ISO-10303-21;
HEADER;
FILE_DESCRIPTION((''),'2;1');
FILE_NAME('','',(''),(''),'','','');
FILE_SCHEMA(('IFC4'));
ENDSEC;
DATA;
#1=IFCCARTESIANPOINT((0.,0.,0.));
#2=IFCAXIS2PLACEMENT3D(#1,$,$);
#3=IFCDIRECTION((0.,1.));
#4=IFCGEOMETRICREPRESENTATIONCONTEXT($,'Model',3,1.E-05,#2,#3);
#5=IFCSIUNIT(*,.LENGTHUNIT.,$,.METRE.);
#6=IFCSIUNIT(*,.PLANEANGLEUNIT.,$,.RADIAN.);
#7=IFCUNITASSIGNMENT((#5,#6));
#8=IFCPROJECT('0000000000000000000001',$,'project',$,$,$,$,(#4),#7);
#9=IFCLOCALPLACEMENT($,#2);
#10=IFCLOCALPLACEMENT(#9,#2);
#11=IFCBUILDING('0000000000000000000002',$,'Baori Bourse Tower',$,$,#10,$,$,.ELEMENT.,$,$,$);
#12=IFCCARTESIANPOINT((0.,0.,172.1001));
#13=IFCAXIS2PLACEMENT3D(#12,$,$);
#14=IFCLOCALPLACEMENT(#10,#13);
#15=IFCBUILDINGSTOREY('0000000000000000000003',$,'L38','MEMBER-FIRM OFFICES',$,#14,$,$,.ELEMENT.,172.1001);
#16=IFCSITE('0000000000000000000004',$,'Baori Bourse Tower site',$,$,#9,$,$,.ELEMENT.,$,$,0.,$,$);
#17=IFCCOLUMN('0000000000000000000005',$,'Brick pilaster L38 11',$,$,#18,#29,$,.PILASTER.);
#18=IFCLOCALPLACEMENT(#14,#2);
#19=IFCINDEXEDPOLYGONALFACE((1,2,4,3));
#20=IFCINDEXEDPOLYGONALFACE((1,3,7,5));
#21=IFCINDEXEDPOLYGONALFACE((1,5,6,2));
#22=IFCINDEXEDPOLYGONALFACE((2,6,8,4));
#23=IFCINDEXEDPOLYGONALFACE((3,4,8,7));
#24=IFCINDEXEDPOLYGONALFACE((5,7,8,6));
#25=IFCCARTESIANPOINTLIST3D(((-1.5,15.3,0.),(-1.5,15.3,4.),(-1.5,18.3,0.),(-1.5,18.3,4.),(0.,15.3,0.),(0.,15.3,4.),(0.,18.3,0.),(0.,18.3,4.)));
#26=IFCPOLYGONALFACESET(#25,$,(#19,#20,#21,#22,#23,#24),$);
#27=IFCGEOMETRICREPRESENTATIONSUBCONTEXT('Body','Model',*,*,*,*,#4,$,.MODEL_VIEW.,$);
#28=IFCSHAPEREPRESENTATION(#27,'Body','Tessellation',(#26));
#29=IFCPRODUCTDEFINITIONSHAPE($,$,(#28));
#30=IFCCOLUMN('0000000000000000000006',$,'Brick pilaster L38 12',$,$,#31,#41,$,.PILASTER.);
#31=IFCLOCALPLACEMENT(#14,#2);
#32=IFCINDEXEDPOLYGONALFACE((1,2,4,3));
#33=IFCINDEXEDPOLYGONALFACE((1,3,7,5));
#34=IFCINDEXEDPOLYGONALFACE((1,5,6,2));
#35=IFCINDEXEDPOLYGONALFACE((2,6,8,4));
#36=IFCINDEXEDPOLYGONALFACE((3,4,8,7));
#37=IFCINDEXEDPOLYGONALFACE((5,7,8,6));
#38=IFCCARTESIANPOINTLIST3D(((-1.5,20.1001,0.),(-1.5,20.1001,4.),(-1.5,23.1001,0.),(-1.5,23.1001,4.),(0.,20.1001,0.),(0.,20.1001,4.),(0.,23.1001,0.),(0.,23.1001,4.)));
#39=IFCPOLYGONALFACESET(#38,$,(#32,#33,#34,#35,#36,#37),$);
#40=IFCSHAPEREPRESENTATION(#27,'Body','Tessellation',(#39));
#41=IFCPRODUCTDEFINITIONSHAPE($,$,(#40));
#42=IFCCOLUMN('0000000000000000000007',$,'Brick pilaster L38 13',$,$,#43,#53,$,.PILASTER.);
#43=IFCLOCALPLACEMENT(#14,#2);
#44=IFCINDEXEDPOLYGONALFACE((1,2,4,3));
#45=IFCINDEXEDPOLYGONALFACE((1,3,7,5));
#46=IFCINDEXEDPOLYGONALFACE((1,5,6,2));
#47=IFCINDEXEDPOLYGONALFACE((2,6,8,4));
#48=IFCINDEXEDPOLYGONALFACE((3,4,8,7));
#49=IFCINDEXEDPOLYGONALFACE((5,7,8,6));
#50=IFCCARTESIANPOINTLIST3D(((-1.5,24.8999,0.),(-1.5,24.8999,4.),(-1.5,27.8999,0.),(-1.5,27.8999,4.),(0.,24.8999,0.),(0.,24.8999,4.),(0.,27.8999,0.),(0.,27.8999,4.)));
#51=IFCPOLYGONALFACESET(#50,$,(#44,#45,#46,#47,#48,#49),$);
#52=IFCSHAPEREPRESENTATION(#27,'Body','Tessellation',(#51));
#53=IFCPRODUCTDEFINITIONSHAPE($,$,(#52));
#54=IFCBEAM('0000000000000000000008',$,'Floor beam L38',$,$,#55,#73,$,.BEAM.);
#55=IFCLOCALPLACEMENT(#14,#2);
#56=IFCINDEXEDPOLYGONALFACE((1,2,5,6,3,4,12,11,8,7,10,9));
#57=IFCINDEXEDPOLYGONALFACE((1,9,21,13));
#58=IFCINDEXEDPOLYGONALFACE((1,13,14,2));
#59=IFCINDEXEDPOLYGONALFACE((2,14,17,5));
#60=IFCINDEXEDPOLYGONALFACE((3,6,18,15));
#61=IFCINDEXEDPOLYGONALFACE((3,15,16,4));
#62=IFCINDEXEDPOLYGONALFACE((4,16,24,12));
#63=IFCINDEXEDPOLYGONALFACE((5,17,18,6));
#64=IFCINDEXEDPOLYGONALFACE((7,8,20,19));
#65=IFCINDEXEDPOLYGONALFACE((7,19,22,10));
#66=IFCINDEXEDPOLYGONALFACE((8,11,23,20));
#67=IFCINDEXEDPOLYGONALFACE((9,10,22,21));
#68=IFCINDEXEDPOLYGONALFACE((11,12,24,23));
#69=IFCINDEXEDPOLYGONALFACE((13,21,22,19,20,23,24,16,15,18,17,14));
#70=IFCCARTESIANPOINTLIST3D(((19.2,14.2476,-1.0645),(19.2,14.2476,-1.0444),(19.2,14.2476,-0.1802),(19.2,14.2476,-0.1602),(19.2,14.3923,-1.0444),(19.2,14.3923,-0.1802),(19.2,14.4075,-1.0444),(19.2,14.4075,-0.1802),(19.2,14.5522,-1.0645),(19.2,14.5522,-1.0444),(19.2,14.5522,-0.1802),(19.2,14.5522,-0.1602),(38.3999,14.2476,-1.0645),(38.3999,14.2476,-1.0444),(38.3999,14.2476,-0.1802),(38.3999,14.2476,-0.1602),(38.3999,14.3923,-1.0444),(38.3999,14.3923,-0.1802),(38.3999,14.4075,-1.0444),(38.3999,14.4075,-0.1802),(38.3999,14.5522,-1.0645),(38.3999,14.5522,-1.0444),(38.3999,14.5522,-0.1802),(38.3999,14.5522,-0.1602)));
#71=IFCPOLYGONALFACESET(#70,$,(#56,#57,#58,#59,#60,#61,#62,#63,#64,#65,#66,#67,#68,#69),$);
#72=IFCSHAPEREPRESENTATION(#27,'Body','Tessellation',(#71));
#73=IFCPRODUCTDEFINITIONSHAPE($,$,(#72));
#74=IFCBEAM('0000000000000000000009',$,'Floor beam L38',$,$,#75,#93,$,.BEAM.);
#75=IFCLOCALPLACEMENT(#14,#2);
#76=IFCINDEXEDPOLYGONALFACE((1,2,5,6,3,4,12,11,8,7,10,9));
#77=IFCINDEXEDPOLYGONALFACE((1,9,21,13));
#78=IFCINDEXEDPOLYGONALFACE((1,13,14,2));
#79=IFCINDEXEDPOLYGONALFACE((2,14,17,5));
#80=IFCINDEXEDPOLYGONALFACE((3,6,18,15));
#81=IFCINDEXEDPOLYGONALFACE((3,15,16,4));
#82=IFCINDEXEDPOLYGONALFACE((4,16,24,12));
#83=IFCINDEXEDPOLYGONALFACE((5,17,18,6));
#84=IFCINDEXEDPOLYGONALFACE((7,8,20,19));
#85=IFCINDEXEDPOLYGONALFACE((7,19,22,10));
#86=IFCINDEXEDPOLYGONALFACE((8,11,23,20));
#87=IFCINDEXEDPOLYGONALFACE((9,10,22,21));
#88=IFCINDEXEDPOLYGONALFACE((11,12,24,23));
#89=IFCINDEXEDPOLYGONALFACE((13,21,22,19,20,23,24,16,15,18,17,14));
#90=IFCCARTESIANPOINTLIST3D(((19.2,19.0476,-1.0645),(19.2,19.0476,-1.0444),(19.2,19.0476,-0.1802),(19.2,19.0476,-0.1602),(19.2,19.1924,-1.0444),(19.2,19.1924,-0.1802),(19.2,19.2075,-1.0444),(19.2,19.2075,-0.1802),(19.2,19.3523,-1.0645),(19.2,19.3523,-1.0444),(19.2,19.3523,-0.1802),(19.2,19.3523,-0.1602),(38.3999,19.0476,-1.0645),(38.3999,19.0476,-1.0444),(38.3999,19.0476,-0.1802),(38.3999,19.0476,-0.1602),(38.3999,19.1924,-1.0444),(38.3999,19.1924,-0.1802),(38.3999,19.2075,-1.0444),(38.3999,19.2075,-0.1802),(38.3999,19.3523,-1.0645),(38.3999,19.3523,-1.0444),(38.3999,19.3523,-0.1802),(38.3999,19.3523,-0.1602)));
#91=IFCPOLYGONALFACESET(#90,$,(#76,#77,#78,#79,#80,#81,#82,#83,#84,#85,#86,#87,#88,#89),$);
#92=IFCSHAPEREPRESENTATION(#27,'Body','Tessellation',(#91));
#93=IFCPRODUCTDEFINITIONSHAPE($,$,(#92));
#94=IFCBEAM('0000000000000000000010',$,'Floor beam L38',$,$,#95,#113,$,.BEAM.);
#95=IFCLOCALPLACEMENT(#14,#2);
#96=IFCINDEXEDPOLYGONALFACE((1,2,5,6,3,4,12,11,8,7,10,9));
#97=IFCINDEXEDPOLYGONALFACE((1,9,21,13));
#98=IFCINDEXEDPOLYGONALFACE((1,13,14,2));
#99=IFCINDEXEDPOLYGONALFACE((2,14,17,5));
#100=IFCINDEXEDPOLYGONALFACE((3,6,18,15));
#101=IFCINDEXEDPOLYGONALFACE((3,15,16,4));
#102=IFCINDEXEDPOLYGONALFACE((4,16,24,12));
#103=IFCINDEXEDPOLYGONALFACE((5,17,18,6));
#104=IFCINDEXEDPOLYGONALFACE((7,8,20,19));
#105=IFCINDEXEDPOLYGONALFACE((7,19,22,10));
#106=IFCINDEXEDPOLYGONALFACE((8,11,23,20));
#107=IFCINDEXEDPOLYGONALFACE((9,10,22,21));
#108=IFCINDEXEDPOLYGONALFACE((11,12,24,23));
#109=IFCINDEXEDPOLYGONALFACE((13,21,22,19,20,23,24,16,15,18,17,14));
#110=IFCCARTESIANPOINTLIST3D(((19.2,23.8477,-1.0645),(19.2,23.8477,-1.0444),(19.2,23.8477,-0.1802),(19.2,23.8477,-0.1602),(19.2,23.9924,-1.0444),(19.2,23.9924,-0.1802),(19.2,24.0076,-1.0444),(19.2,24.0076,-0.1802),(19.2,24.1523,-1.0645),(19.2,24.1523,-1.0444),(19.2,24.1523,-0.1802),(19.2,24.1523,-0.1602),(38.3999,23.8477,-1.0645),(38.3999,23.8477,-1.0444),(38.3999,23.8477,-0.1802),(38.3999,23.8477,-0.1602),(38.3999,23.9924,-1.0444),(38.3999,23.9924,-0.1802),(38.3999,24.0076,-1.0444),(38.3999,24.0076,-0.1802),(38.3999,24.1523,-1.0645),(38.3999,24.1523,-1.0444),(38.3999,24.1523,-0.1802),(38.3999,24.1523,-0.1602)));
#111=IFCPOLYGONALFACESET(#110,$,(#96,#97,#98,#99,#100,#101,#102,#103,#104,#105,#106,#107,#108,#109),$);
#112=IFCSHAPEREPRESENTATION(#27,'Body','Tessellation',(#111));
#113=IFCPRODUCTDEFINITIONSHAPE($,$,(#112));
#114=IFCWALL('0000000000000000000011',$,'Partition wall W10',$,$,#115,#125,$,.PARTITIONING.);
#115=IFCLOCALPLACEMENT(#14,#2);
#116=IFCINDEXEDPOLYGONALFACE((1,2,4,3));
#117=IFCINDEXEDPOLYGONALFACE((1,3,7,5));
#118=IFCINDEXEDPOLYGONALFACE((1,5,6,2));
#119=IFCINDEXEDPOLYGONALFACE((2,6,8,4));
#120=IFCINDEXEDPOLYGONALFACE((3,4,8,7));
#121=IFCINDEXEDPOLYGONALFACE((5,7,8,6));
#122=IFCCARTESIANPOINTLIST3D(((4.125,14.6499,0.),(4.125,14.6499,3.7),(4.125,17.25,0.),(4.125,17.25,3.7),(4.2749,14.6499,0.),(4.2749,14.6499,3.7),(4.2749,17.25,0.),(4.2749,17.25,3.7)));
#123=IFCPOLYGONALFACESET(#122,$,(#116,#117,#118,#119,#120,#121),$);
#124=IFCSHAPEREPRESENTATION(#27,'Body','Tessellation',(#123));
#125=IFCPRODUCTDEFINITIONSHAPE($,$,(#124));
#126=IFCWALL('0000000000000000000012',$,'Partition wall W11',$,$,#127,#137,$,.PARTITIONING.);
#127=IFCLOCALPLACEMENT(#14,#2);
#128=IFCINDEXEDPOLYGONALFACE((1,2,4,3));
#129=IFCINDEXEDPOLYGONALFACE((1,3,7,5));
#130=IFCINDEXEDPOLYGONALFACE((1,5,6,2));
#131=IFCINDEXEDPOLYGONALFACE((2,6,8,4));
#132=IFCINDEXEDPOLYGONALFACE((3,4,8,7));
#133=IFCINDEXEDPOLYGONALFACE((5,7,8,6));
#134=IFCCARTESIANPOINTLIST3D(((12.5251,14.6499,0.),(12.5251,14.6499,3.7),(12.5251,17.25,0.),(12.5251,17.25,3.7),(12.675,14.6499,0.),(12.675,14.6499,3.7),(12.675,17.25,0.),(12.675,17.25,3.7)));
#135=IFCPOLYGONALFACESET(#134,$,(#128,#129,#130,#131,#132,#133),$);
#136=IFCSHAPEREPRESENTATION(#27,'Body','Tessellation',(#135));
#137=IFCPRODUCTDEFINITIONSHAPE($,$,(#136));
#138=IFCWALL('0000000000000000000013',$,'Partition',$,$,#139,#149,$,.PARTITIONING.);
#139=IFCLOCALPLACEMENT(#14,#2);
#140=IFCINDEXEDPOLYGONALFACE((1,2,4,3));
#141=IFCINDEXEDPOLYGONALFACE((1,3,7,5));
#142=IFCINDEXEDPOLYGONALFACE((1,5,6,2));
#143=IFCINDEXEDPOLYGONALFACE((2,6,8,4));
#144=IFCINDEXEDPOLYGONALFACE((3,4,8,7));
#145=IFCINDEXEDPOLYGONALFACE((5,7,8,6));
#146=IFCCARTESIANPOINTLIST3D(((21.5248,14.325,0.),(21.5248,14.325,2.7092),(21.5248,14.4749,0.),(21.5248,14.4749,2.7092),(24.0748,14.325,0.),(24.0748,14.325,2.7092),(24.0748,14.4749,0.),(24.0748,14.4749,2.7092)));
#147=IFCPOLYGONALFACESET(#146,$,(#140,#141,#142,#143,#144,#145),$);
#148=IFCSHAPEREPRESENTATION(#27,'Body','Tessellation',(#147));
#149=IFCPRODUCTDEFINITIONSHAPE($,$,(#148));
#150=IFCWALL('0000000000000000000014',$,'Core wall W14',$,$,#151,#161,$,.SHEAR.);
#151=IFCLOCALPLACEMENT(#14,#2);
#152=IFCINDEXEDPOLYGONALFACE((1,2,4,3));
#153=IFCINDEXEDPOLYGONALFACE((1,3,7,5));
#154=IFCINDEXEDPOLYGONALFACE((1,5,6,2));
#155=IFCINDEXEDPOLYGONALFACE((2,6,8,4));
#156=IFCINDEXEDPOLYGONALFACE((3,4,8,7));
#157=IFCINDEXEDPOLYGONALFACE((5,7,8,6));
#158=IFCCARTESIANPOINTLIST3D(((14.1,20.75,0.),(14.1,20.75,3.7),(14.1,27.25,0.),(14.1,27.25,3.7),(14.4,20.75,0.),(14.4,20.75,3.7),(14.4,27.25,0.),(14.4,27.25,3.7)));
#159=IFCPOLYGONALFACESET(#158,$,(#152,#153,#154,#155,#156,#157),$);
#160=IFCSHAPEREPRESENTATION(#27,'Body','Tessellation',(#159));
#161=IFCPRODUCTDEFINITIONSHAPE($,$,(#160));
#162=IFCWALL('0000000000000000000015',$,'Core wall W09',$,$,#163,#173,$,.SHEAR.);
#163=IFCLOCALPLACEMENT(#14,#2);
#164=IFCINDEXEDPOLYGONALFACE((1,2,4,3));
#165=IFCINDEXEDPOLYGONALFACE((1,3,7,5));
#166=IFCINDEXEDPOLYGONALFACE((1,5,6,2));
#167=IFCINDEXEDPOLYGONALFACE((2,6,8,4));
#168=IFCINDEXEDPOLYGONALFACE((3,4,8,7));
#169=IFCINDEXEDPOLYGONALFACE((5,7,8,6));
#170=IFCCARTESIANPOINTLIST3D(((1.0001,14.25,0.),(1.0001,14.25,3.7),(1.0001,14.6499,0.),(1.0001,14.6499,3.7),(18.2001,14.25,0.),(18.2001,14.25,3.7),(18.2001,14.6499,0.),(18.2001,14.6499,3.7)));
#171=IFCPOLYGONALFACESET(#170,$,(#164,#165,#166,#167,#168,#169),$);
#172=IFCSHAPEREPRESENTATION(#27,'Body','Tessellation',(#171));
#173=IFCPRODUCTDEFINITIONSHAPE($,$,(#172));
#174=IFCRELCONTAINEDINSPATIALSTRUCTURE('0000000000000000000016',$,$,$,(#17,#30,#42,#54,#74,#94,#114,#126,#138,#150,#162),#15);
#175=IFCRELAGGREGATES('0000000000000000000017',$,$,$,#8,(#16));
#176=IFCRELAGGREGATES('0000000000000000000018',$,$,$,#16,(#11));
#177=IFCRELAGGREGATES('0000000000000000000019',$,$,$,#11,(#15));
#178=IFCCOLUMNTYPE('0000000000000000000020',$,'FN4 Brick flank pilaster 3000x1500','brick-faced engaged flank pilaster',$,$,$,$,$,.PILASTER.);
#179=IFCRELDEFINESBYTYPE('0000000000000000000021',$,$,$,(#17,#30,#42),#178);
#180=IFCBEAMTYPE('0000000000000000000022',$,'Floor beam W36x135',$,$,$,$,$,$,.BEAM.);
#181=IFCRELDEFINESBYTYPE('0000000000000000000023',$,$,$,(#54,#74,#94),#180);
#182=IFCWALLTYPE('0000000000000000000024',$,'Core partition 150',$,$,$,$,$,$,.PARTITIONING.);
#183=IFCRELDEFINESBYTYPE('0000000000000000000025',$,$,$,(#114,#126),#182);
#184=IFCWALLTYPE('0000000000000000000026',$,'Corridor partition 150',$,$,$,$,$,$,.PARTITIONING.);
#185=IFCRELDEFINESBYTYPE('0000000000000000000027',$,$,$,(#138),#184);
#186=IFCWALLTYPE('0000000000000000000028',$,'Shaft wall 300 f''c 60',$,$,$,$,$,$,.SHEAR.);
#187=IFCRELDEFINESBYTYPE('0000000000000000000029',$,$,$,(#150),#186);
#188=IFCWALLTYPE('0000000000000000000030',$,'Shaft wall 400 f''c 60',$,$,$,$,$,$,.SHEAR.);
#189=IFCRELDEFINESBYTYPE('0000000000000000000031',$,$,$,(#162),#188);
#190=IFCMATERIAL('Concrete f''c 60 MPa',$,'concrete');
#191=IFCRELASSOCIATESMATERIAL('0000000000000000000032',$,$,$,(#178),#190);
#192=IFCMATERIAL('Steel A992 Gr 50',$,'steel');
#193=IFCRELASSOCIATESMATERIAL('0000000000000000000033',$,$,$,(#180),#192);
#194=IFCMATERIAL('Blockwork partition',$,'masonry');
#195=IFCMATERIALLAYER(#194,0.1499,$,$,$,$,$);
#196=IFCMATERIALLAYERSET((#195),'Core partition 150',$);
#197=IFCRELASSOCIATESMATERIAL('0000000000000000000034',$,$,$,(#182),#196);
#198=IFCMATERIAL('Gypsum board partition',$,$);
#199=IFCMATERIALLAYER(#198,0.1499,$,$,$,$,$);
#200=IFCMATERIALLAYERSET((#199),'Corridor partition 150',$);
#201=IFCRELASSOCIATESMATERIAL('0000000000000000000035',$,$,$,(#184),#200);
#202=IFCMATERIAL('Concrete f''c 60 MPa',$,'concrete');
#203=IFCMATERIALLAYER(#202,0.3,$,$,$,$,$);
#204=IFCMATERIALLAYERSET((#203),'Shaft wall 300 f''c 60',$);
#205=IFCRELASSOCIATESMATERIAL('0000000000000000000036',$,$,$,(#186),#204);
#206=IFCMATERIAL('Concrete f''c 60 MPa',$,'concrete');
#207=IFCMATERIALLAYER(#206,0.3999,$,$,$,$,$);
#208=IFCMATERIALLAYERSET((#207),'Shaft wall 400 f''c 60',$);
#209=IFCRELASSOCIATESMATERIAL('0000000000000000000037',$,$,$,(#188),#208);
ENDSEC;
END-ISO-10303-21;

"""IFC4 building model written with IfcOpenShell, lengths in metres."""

from ifc_helpers import new_model, si_unit, direction, frame, frame_2d, origin, origin_2d, place, context, subcontext, project, spatial, rectangle, i_section, extrude, material, layer, layer_set, material_profile, profile_set, type_object, element, save


model = new_model("IFC4")

# Units and contexts
model_context = context("Model", 3, precision=1e-05, world=origin(), true_north=direction((0.0, 1.0)))
body_context = subcontext(model_context, "Body", "Model", "MODEL_VIEW")
ifc_project = project(units=[si_unit("LENGTHUNIT", "METRE"), si_unit("PLANEANGLEUNIT", "RADIAN")], contexts=[model_context])

# Site, building, storey
site_placement = place(None, origin())
site = spatial("IfcSite", under=ifc_project, at=site_placement, Name="Baori Bourse Tower site", CompositionType="ELEMENT", RefElevation=0.0)
building_placement = place(site_placement, origin())
building = spatial("IfcBuilding", under=site, at=building_placement, Name="Baori Bourse Tower", CompositionType="ELEMENT")
storey_placement = place(building_placement, frame((0.0, 0.0, 172.1001)))
storey = spatial("IfcBuildingStorey", under=building, at=storey_placement, Name="L38", Description="MEMBER-FIRM OFFICES", CompositionType="ELEMENT", Elevation=172.1001)

# Columns
ifc_material_1 = material(Name="Concrete f'c 60 MPa", Category="concrete")
ifc_material_profile_1 = material_profile(ifc_material_1, rectangle(XDim=3.0, YDim=1.5, at=origin_2d()), Name="RC 3000x1500")
ifc_profile_set_1 = profile_set([ifc_material_profile_1], Name="Concrete f'c 60 MPa")
column_type = type_object("IfcColumnType", Name="FN4 Brick flank pilaster 3000x1500", Description="brick-faced engaged flank pilaster", PredefinedType="PILASTER", material=ifc_profile_set_1)
for number, where, z_axis, x_axis, name in (
    (1, (-0.75, 16.8, 0.0), (0.0, 0.0, 1.0), (0.0, 1.0, 0.0), "Brick pilaster L38 11"),
    (2, (-0.75, 21.6001, 0.0), (0.0, 0.0, 1.0), (0.0, 1.0, 0.0), "Brick pilaster L38 12"),
    (3, (-0.75, 26.3999, 0.0), (0.0, 0.0, 1.0), (0.0, 1.0, 0.0), "Brick pilaster L38 13"),
):
    element("IfcColumn", number, at=place(storey_placement, frame(where, z_axis=z_axis, x_axis=x_axis)), inside=storey, type_object=column_type, Name=name, PredefinedType="PILASTER", context=body_context, shape_type="SweptSolid", body=[
        extrude(rectangle(XDim=3.0, YDim=1.5, at=origin_2d()), origin(), (0.0, 0.0, 1.0), 4.0),
    ])

# Beams
ifc_material_2 = material(Name="Steel A992 Gr 50", Category="steel")
ifc_material_profile_2 = material_profile(ifc_material_2, i_section(OverallWidth=0.3047, OverallDepth=0.9043, WebThickness=0.0151, FlangeThickness=0.02, at=origin_2d()), Name="W36x135")
ifc_profile_set_2 = profile_set([ifc_material_profile_2], Name="Steel A992 Gr 50")
beam_type = type_object("IfcBeamType", Name="Floor beam W36x135", PredefinedType="BEAM", material=ifc_profile_set_2)
for number, where, z_axis, x_axis, name in (
    (4, (19.2, 14.3999, -0.6123), (1.0, 0.0, 0.0), (0.0, 1.0, 0.0), "Floor beam L38"),
    (5, (19.2, 19.2, -0.6123), (1.0, 0.0, 0.0), (0.0, 1.0, 0.0), "Floor beam L38"),
    (6, (19.2, 24.0, -0.6123), (1.0, 0.0, 0.0), (0.0, 1.0, 0.0), "Floor beam L38"),
):
    element("IfcBeam", number, at=place(storey_placement, frame(where, z_axis=z_axis, x_axis=x_axis)), inside=storey, type_object=beam_type, Name=name, PredefinedType="BEAM", context=body_context, shape_type="SweptSolid", body=[
        extrude(i_section(OverallWidth=0.3047, OverallDepth=0.9043, WebThickness=0.0151, FlangeThickness=0.02, at=origin_2d()), origin(), (0.0, 0.0, 1.0), 19.2),
    ])

# Walls
ifc_material_3 = material(Name="Blockwork partition", Category="masonry")
ifc_layer_1 = layer(ifc_material_3, 0.1499)
ifc_layer_set_1 = layer_set([ifc_layer_1], Name="Core partition 150")
wall_type_1 = type_object("IfcWallType", Name="Core partition 150", PredefinedType="PARTITIONING", material=ifc_layer_set_1)
for number, where, z_axis, x_axis, name in (
    (7, (4.2, 14.6499, 0.0), (0.0, 0.0, 1.0), (0.0, 1.0, 0.0), "Partition wall W10"),
    (8, (12.6001, 14.6499, 0.0), (0.0, 0.0, 1.0), (0.0, 1.0, 0.0), "Partition wall W11"),
):
    element("IfcWall", number, at=place(storey_placement, frame(where, z_axis=z_axis, x_axis=x_axis)), inside=storey, type_object=wall_type_1, Name=name, PredefinedType="PARTITIONING", context=body_context, shape_type="SweptSolid", body=[
        extrude(rectangle(XDim=2.6001, YDim=0.1499, at=frame_2d((1.3, 0.0))), origin(), (0.0, 0.0, 1.0), 3.7),
    ])
ifc_material_4 = material(Name="Gypsum board partition")
ifc_layer_2 = layer(ifc_material_4, 0.1499)
ifc_layer_set_2 = layer_set([ifc_layer_2], Name="Corridor partition 150")
wall_type_2 = type_object("IfcWallType", Name="Corridor partition 150", PredefinedType="PARTITIONING", material=ifc_layer_set_2)
wall_1_placement = place(storey_placement, frame((21.5249, 14.3999, 0.0), z_axis=(0.0, 0.0, 1.0), x_axis=(1.0, 0.0, 0.0)))
element("IfcWall", 9, at=wall_1_placement, inside=storey, type_object=wall_type_2, Name="Partition", PredefinedType="PARTITIONING", context=body_context, shape_type="SweptSolid", body=[
    extrude(rectangle(XDim=2.55, YDim=0.1499, at=frame_2d((1.2749, 0.0))), origin(), (0.0, 0.0, 1.0), 2.7092),
])
ifc_material_5 = material(Name="Concrete f'c 60 MPa", Category="concrete")
ifc_layer_3 = layer(ifc_material_5, 0.3)
ifc_layer_set_3 = layer_set([ifc_layer_3], Name="Shaft wall 300 f'c 60")
wall_type_3 = type_object("IfcWallType", Name="Shaft wall 300 f'c 60", PredefinedType="SHEAR", material=ifc_layer_set_3)
wall_2_placement = place(storey_placement, frame((14.25, 20.75, 0.0), z_axis=(0.0, 0.0, 1.0), x_axis=(0.0, 1.0, 0.0)))
element("IfcWall", 10, at=wall_2_placement, inside=storey, type_object=wall_type_3, Name="Core wall W14", PredefinedType="SHEAR", context=body_context, shape_type="SweptSolid", body=[
    extrude(rectangle(XDim=6.5, YDim=0.3, at=frame_2d((3.25, 0.0))), origin(), (0.0, 0.0, 1.0), 3.7),
])
ifc_material_6 = material(Name="Concrete f'c 60 MPa", Category="concrete")
ifc_layer_4 = layer(ifc_material_6, 0.3999)
ifc_layer_set_4 = layer_set([ifc_layer_4], Name="Shaft wall 400 f'c 60")
wall_type_4 = type_object("IfcWallType", Name="Shaft wall 400 f'c 60", PredefinedType="SHEAR", material=ifc_layer_set_4)
wall_3_placement = place(storey_placement, frame((1.0, 14.45, 0.0), z_axis=(0.0, 0.0, 1.0), x_axis=(1.0, 0.0, 0.0)))
element("IfcWall", 11, at=wall_3_placement, inside=storey, type_object=wall_type_4, Name="Core wall W09", PredefinedType="SHEAR", context=body_context, shape_type="SweptSolid", body=[
    extrude(rectangle(XDim=17.2, YDim=0.3999, at=frame_2d((8.6001, 0.0))), origin(), (0.0, 0.0, 1.0), 3.7),
])

save(model, "model.ifc")
